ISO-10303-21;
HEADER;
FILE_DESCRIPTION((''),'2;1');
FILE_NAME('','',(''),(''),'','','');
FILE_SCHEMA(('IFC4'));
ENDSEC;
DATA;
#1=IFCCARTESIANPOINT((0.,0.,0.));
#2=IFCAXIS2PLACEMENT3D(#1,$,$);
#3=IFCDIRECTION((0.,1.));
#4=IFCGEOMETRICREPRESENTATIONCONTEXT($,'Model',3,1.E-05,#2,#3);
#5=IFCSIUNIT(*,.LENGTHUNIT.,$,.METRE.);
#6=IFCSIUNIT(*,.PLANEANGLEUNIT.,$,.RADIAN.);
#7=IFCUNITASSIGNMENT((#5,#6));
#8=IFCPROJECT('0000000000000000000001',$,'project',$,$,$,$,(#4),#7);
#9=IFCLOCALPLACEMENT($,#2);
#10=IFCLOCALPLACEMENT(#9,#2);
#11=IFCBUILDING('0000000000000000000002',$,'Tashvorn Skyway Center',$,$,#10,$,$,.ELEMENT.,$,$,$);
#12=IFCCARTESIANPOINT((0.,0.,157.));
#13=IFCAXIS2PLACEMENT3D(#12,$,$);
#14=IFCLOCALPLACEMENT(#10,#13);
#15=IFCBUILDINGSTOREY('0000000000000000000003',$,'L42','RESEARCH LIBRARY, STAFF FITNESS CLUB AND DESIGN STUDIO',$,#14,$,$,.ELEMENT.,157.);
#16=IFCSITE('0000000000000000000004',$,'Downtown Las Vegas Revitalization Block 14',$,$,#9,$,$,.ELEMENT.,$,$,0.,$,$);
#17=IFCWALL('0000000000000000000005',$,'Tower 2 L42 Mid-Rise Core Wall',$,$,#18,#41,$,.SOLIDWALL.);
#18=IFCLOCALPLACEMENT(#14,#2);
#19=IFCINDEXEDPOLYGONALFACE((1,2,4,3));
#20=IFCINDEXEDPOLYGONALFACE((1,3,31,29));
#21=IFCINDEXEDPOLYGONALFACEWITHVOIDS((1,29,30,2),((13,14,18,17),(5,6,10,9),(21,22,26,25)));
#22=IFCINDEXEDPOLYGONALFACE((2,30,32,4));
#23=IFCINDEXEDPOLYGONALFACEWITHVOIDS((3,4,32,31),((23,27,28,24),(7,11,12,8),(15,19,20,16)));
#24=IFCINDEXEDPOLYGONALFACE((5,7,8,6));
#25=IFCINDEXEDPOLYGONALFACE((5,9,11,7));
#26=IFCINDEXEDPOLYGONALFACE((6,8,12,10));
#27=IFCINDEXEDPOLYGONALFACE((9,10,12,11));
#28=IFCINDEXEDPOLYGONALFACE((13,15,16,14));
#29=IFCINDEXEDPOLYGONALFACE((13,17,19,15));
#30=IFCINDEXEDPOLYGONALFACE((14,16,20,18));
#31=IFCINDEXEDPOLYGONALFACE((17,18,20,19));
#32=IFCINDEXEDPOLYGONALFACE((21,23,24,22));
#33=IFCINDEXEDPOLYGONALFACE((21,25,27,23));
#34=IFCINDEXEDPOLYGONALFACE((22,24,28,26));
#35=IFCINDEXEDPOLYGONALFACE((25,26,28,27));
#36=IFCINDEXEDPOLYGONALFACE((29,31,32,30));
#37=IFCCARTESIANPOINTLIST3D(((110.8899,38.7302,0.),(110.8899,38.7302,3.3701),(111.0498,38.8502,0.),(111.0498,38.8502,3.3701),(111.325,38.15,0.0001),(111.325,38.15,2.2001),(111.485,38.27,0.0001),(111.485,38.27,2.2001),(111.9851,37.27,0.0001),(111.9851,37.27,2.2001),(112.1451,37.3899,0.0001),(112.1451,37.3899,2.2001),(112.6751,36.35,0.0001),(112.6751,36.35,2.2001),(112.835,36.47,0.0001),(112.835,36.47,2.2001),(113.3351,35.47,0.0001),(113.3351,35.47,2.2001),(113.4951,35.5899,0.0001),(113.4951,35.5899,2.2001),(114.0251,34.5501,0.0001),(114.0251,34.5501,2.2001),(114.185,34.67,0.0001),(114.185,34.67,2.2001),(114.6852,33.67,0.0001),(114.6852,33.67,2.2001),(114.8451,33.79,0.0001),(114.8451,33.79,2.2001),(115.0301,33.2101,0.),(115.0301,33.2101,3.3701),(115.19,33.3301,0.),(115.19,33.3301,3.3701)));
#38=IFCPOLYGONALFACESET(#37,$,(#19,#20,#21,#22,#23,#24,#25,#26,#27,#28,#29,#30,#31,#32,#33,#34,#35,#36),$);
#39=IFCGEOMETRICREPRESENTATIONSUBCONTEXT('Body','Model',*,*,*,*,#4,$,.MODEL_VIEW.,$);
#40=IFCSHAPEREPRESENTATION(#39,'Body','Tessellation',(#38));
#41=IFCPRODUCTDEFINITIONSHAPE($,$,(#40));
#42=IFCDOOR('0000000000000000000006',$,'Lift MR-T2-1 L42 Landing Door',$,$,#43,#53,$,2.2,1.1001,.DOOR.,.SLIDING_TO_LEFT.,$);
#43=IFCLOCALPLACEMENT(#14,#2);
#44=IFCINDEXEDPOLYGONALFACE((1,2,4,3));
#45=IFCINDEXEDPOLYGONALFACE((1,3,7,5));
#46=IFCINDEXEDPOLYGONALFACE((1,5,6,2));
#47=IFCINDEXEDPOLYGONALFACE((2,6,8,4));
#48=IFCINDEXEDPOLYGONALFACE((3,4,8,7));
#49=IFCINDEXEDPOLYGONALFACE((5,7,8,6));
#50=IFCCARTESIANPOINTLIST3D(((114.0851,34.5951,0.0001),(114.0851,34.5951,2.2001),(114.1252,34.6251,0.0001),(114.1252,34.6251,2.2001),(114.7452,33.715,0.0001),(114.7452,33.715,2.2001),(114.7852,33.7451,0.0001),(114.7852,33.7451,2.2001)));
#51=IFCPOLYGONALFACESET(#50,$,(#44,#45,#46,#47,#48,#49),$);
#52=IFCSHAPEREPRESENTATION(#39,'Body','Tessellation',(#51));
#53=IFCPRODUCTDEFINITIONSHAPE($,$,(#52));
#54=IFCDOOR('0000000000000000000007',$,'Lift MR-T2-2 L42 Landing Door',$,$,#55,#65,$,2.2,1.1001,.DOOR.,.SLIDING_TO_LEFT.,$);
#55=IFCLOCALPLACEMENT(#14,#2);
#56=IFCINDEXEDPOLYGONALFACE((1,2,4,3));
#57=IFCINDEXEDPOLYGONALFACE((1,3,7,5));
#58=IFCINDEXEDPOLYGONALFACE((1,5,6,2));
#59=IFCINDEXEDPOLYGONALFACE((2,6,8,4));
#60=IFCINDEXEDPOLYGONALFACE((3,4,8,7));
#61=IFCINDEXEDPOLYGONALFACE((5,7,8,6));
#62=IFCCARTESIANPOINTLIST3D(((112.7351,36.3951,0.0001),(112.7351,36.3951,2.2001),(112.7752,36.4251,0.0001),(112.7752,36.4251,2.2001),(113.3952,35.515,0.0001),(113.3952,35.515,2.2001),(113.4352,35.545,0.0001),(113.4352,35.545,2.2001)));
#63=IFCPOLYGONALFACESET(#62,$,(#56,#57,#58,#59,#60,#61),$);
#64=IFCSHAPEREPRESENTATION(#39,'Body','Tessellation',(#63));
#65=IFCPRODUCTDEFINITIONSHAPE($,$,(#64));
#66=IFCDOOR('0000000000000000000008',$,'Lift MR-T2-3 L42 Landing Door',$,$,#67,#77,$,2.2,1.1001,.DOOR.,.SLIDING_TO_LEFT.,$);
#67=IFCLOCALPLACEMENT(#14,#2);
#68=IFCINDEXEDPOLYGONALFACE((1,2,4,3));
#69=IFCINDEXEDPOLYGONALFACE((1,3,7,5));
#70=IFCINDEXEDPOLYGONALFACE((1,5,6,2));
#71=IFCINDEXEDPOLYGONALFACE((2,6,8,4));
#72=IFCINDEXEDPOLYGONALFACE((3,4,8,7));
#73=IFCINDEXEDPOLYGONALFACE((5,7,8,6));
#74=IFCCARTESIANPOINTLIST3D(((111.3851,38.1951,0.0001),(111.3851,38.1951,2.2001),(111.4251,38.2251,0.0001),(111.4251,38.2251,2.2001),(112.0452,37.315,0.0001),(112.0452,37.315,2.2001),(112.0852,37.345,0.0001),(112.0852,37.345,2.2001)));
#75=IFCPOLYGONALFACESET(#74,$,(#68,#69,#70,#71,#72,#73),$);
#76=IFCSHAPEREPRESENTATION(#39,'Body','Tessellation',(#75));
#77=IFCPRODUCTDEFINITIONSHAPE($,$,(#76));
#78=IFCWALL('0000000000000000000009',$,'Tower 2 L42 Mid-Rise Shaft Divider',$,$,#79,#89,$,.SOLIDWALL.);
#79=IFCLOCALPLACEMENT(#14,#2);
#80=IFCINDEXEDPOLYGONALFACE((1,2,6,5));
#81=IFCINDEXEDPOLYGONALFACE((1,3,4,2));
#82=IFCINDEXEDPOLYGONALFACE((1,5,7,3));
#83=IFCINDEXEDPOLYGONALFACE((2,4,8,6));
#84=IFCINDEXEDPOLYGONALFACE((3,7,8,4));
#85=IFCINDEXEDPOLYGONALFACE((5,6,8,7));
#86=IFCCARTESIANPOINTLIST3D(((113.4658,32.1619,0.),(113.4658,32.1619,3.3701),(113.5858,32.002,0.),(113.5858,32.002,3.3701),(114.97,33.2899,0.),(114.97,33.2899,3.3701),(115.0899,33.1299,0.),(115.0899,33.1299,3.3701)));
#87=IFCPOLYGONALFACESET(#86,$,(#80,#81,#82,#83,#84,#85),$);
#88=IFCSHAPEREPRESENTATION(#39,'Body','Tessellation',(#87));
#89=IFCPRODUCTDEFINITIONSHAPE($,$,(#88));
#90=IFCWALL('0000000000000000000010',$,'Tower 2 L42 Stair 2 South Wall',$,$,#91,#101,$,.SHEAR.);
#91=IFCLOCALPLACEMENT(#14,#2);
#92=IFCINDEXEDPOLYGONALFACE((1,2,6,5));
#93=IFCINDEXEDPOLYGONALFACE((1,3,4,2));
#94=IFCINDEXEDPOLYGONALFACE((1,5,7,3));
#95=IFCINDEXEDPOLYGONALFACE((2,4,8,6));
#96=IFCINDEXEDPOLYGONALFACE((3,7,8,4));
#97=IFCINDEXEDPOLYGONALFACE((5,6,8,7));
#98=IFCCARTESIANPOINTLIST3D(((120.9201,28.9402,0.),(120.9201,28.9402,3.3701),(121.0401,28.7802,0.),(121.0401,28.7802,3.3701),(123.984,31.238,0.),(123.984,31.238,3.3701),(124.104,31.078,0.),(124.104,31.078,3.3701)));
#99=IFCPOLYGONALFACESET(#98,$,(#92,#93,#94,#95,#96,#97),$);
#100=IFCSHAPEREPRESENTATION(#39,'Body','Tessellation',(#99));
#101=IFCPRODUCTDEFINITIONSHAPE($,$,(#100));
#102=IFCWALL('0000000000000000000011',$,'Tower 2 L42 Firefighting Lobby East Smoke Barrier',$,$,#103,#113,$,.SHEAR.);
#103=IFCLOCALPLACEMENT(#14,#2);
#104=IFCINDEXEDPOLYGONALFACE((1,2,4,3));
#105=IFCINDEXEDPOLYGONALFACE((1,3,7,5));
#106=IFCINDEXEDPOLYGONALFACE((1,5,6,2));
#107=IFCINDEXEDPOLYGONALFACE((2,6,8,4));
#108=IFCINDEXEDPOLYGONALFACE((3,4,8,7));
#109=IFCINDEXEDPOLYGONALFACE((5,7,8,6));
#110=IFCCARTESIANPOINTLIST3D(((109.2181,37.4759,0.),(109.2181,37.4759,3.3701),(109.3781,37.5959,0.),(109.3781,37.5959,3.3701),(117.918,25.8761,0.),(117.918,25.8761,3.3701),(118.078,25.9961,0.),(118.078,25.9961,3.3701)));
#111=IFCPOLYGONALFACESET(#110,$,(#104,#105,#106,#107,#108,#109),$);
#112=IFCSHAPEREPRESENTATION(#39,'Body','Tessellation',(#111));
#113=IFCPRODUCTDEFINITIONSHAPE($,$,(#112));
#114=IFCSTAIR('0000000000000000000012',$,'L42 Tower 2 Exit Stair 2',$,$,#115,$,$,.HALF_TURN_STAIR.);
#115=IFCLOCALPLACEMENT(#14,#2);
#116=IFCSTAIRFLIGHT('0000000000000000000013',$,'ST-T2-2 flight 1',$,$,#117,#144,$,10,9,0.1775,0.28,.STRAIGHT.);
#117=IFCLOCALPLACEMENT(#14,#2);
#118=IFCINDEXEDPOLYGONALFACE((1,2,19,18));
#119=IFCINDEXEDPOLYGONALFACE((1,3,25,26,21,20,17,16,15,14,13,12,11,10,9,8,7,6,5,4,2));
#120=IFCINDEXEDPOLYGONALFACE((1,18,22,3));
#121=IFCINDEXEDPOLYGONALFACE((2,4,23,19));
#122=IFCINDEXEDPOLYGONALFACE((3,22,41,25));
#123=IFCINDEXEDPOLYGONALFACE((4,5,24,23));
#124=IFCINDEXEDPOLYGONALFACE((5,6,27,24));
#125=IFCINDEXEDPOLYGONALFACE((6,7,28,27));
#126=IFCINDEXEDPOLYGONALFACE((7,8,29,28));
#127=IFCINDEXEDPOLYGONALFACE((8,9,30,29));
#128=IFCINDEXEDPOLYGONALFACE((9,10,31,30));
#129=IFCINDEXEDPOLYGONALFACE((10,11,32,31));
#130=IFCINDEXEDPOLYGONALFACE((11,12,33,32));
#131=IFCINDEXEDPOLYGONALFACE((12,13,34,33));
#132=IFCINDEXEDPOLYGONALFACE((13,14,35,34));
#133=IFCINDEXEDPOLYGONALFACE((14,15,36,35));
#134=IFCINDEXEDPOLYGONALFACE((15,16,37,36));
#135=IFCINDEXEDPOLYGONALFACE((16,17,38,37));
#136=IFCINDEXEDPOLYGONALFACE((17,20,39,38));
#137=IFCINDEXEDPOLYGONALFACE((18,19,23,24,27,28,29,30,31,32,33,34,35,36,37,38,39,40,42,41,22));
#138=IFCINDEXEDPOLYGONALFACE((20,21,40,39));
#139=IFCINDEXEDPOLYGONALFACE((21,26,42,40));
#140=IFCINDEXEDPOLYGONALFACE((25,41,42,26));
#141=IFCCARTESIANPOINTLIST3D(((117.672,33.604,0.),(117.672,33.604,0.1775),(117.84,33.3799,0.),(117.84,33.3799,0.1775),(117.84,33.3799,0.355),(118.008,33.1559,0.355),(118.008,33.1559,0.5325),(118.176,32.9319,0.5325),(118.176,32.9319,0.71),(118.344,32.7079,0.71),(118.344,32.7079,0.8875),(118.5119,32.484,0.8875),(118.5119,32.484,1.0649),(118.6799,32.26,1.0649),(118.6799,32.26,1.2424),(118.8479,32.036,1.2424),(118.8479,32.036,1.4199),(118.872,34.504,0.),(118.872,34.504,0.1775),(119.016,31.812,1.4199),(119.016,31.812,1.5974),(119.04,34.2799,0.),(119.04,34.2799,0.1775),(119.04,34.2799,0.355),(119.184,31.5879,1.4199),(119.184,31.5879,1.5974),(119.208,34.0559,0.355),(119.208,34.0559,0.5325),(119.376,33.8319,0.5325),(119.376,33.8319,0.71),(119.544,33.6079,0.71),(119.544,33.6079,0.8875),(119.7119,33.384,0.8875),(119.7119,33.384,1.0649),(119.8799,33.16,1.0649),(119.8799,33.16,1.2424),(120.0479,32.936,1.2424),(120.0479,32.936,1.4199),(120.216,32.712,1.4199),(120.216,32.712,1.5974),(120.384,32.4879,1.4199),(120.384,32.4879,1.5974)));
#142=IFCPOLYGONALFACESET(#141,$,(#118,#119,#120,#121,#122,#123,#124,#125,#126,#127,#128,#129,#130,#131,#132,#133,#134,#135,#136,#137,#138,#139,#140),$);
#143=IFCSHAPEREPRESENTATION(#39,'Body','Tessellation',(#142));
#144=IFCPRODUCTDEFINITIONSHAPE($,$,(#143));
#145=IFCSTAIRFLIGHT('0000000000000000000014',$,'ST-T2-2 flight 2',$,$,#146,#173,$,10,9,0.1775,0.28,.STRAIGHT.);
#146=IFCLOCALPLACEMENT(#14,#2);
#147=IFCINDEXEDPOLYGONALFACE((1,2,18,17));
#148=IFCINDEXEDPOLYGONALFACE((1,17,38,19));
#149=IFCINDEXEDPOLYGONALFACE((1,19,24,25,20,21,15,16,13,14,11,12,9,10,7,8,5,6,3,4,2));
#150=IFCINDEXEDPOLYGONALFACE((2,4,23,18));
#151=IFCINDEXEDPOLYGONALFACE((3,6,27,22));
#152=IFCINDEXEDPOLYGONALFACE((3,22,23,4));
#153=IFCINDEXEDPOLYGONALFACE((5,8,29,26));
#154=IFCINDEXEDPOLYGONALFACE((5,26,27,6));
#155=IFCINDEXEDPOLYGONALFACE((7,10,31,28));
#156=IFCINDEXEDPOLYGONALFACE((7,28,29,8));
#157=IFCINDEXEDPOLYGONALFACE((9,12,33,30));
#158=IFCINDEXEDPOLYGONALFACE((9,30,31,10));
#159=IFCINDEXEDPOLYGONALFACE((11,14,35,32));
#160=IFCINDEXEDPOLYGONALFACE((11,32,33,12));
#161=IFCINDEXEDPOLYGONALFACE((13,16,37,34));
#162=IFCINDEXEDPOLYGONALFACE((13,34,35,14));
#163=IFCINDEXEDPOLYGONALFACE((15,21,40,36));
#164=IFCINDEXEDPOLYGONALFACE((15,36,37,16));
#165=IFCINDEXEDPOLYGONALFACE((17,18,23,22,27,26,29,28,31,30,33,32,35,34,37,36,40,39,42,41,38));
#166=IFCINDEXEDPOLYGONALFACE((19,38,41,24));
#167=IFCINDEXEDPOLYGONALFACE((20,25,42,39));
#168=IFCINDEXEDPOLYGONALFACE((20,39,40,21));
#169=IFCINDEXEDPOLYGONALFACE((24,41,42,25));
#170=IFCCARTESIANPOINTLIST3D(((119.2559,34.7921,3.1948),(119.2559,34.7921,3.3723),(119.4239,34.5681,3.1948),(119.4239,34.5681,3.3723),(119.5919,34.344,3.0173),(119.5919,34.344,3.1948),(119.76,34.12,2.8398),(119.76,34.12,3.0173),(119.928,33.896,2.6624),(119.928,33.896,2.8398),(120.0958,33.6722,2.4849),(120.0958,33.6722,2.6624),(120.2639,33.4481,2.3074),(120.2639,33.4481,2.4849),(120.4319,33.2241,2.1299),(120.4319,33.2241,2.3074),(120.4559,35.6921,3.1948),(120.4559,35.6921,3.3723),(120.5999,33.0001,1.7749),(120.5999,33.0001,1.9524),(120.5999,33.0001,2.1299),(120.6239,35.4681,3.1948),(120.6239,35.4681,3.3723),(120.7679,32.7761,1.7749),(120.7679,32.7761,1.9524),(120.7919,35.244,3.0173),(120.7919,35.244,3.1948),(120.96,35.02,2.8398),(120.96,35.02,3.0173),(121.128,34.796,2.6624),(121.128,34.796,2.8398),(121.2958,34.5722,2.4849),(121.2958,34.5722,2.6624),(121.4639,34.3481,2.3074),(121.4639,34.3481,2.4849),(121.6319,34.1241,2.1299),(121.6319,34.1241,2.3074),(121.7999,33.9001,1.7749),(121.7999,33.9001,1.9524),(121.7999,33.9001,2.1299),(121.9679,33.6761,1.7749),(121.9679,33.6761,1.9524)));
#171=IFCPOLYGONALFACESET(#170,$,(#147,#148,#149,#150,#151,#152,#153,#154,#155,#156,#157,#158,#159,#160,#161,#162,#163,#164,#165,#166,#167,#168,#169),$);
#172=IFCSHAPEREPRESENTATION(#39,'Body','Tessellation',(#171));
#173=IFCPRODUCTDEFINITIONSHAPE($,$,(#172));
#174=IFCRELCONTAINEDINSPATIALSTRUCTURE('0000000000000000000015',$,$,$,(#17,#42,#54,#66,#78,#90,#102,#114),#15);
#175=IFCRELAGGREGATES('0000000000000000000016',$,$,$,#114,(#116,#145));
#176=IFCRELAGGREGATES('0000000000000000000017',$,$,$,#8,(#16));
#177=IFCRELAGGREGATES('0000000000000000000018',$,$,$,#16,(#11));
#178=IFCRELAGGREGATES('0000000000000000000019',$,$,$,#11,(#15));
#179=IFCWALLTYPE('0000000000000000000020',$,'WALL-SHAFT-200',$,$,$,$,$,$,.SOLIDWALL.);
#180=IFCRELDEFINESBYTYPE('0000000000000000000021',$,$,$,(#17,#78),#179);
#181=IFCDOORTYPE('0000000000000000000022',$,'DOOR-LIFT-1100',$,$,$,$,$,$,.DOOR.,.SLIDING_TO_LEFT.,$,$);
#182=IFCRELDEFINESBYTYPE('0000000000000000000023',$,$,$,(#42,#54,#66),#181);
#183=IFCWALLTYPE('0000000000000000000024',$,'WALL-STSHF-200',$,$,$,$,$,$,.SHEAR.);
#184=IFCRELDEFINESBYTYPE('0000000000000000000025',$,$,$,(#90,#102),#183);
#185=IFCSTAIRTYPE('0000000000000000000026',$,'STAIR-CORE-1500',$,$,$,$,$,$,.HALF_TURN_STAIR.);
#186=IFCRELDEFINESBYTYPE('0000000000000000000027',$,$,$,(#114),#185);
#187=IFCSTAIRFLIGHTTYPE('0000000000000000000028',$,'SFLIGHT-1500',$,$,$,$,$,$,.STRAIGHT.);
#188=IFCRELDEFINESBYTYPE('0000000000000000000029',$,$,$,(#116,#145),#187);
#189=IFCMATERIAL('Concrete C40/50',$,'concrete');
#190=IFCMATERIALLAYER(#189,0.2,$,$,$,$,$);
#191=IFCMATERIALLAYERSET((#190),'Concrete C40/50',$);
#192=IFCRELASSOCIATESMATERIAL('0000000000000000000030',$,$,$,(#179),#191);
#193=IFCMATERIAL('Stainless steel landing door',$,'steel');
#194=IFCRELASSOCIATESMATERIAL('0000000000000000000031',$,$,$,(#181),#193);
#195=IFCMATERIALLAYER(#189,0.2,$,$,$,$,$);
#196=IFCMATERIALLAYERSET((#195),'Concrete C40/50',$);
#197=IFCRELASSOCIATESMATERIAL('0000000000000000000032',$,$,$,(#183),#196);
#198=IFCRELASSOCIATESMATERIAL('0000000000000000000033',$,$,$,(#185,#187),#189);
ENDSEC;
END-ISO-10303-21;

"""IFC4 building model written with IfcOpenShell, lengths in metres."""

from ifc_helpers import new_model, si_unit, direction, frame, frame_2d, origin, place, context, subcontext, project, spatial, polyline, rectangle, outline, extrude, material, layer, layer_set, type_object, element, fill, aggregate, save


model = new_model("IFC4")

# Units and contexts
model_context = context("Model", 3, precision=1e-05, world=origin(), true_north=direction((0.0, 1.0)))
body_context = subcontext(model_context, "Body", "Model", "MODEL_VIEW")
ifc_project = project(units=[si_unit("LENGTHUNIT", "METRE"), si_unit("PLANEANGLEUNIT", "RADIAN")], contexts=[model_context])

# Site, building, storey
site_placement = place(None, origin())
site = spatial("IfcSite", under=ifc_project, at=site_placement, Name="Downtown Las Vegas Revitalization Block 14", CompositionType="ELEMENT", RefElevation=0.0)
building_placement = place(site_placement, origin())
building = spatial("IfcBuilding", under=site, at=building_placement, Name="Tashvorn Skyway Center", CompositionType="ELEMENT")
storey_placement = place(building_placement, frame((0.0, 0.0, 157.0)))
storey = spatial("IfcBuildingStorey", under=building, at=storey_placement, Name="L42", Description="RESEARCH LIBRARY, STAFF FITNESS CLUB AND DESIGN STUDIO", CompositionType="ELEMENT", Elevation=157.0)

# Shared definitions
ifc_material_1 = material(Name="Concrete C40/50", Category="concrete")

# Wall, openings, doors
ifc_layer_1 = layer(ifc_material_1, 0.2)
ifc_layer_set_1 = layer_set([ifc_layer_1], Name="Concrete C40/50")
wall_type_1 = type_object("IfcWallType", Name="WALL-SHAFT-200", PredefinedType="SOLIDWALL", material=ifc_layer_set_1)
wall_1_placement = place(storey_placement, frame((115.1101, 33.27, 0.0), z_axis=(0.0, 0.0, 1.0), x_axis=(-0.600011, 0.799992, 0.0)))
wall_1 = element("IfcWall", 1, at=wall_1_placement, inside=storey, type_object=wall_type_1, Name="Tower 2 L42 Mid-Rise Core Wall", PredefinedType="SOLIDWALL", context=body_context, shape_type="SweptSolid", body=[
    extrude(rectangle(XDim=6.9001, YDim=0.2, at=frame_2d((3.4502, 0.0))), origin(), (0.0, 0.0, 1.0), 3.3701),
])
opening_1_placement = place(wall_1_placement, frame((0.575, 0.0, 0.0)))
opening_1 = element("IfcOpeningElement", 2, at=opening_1_placement, cuts=wall_1, PredefinedType="OPENING", context=body_context, shape_type="SweptSolid", body=[
    extrude(rectangle(XDim=1.1001, YDim=2.2, at=frame_2d((0.55, 1.1001))), frame((0.0, 0.1099, 0.0), z_axis=(0.0, -1.0, 0.0), x_axis=(1.0, 0.0, 0.0)), (0.0, 0.0, 1.0), 0.22),
])
opening_2_placement = place(wall_1_placement, frame((2.825, 0.0, 0.0)))
opening_2 = element("IfcOpeningElement", 3, at=opening_2_placement, cuts=wall_1, PredefinedType="OPENING", context=body_context, shape_type="SweptSolid", body=[
    extrude(rectangle(XDim=1.1001, YDim=2.2, at=frame_2d((0.55, 1.1001))), frame((0.0, 0.1099, 0.0), z_axis=(0.0, -1.0, 0.0), x_axis=(1.0, 0.0, 0.0)), (0.0, 0.0, 1.0), 0.22),
])
opening_3_placement = place(wall_1_placement, frame((5.075, 0.0, 0.0)))
opening_3 = element("IfcOpeningElement", 4, at=opening_3_placement, cuts=wall_1, PredefinedType="OPENING", context=body_context, shape_type="SweptSolid", body=[
    extrude(rectangle(XDim=1.1001, YDim=2.2, at=frame_2d((0.55, 1.1001))), frame((0.0, 0.1099, 0.0), z_axis=(0.0, -1.0, 0.0), x_axis=(1.0, 0.0, 0.0)), (0.0, 0.0, 1.0), 0.22),
])
ifc_material_2 = material(Name="Stainless steel landing door", Category="steel")
door_type_1 = type_object("IfcDoorType", Name="DOOR-LIFT-1100", OperationType="SLIDING_TO_LEFT", PredefinedType="DOOR", material=ifc_material_2)
door_1_placement = place(opening_1_placement, origin())
door_1 = element("IfcDoor", 5, at=door_1_placement, inside=storey, type_object=door_type_1, Name="Lift MR-T2-1 L42 Landing Door", OperationType="SLIDING_TO_LEFT", OverallHeight=2.2, OverallWidth=1.1001, PredefinedType="DOOR", context=body_context, shape_type="SweptSolid", body=[
    extrude(rectangle(XDim=1.1001, YDim=2.2, at=frame_2d((0.55, 1.1001))), frame((0.0, 0.0249, 0.0), z_axis=(0.0, -1.0, 0.0), x_axis=(1.0, 0.0, 0.0)), (0.0, 0.0, 1.0), 0.05),
])
fill(opening_1, door_1)
door_2_placement = place(opening_2_placement, origin())
door_2 = element("IfcDoor", 6, at=door_2_placement, inside=storey, type_object=door_type_1, Name="Lift MR-T2-2 L42 Landing Door", OperationType="SLIDING_TO_LEFT", OverallHeight=2.2, OverallWidth=1.1001, PredefinedType="DOOR", context=body_context, shape_type="SweptSolid", body=[
    extrude(rectangle(XDim=1.1001, YDim=2.2, at=frame_2d((0.55, 1.1001))), frame((0.0, 0.0249, 0.0), z_axis=(0.0, -1.0, 0.0), x_axis=(1.0, 0.0, 0.0)), (0.0, 0.0, 1.0), 0.05),
])
fill(opening_2, door_2)
door_3_placement = place(opening_3_placement, origin())
door_3 = element("IfcDoor", 7, at=door_3_placement, inside=storey, type_object=door_type_1, Name="Lift MR-T2-3 L42 Landing Door", OperationType="SLIDING_TO_LEFT", OverallHeight=2.2, OverallWidth=1.1001, PredefinedType="DOOR", context=body_context, shape_type="SweptSolid", body=[
    extrude(rectangle(XDim=1.1001, YDim=2.2, at=frame_2d((0.55, 1.1001))), frame((0.0, 0.0249, 0.0), z_axis=(0.0, -1.0, 0.0), x_axis=(1.0, 0.0, 0.0)), (0.0, 0.0, 1.0), 0.05),
])
fill(opening_3, door_3)

# Walls
wall_2_placement = place(storey_placement, frame((113.5259, 32.082, 0.0), z_axis=(0.0, 0.0, 1.0), x_axis=(0.800047, 0.599938, 0.0)))
element("IfcWall", 8, at=wall_2_placement, inside=storey, type_object=wall_type_1, Name="Tower 2 L42 Mid-Rise Shaft Divider", PredefinedType="SOLIDWALL", context=body_context, shape_type="SweptSolid", body=[
    extrude(rectangle(XDim=1.8801, YDim=0.2, at=frame_2d((0.9399, 0.0))), origin(), (0.0, 0.0, 1.0), 3.3701),
])
ifc_layer_2 = layer(ifc_material_1, 0.2)
ifc_layer_set_2 = layer_set([ifc_layer_2], Name="Concrete C40/50")
wall_type_2 = type_object("IfcWallType", Name="WALL-STSHF-200", PredefinedType="SHEAR", material=ifc_layer_set_2)
wall_3_placement = place(storey_placement, frame((120.98, 28.8601, 0.0), z_axis=(0.0, 0.0, 1.0), x_axis=(0.800015, 0.59998, 0.0)))
element("IfcWall", 9, at=wall_3_placement, inside=storey, type_object=wall_type_2, Name="Tower 2 L42 Stair 2 South Wall", PredefinedType="SHEAR", context=body_context, shape_type="SweptSolid", body=[
    extrude(rectangle(XDim=3.8298, YDim=0.2, at=frame_2d((1.915, 0.0))), origin(), (0.0, 0.0, 1.0), 3.3701),
])
wall_4_placement = place(storey_placement, frame((117.998, 25.936, 0.0), z_axis=(0.0, 0.0, 1.0), x_axis=(-0.600003, 0.799998, 0.0)))
element("IfcWall", 10, at=wall_4_placement, inside=storey, type_object=wall_type_2, Name="Tower 2 L42 Firefighting Lobby East Smoke Barrier", PredefinedType="SHEAR", context=body_context, shape_type="SweptSolid", body=[
    extrude(rectangle(XDim=14.4998, YDim=0.2, at=frame_2d((7.25, 0.0))), origin(), (0.0, 0.0, 1.0), 3.3701),
])

# Stair, stair flights
stair_type = type_object("IfcStairType", Name="STAIR-CORE-1500", PredefinedType="HALF_TURN_STAIR", material=ifc_material_1)
stair_placement = place(storey_placement, origin())
stair = element("IfcStair", 11, at=stair_placement, inside=storey, type_object=stair_type, Name="L42 Tower 2 Exit Stair 2", PredefinedType="HALF_TURN_STAIR")
stair_flight_type = type_object("IfcStairFlightType", Name="SFLIGHT-1500", PredefinedType="STRAIGHT", material=ifc_material_1)
stair_flight_1_placement = place(storey_placement, frame((118.272, 34.054, 0.0), z_axis=(0.0, 0.0, 1.0), x_axis=(0.6, -0.8, 0.0)))
stair_flight_1 = element("IfcStairFlight", 12, at=stair_flight_1_placement, type_object=stair_flight_type, Name="ST-T2-2 flight 1", NumberOfRisers=10, NumberOfTreads=9, PredefinedType="STRAIGHT", RiserHeight=0.1775, TreadLength=0.28, context=body_context, shape_type="SweptSolid", body=[
    extrude(outline(polyline([(0.0, 0.0), (0.0, 0.1775), (0.28, 0.1775), (0.28, 0.355), (0.5601, 0.355), (0.5601, 0.5325), (0.8401, 0.5325), (0.8401, 0.71), (1.1201, 0.71), (1.1201, 0.8875), (1.3999, 0.8875), (1.3999, 1.0649), (1.6799, 1.0649), (1.6799, 1.2424), (1.96, 1.2424), (1.96, 1.4199), (2.24, 1.4199), (2.24, 1.5974), (2.52, 1.5974), (2.52, 1.7749), (2.52, 1.4199), (0.28, 0.0), (0.0, 0.0)])), frame((0.0, 0.75, 0.0), z_axis=(0.0, -1.0, 0.0), x_axis=(1.0, 0.0, 0.0)), (0.0, 0.0, 1.0), 1.5),
])
stair_flight_2_placement = place(storey_placement, frame((121.3679, 33.2261, 1.7749), z_axis=(0.0, 0.0, 1.0), x_axis=(-0.6, 0.8, 0.0)))
stair_flight_2 = element("IfcStairFlight", 13, at=stair_flight_2_placement, type_object=stair_flight_type, Name="ST-T2-2 flight 2", NumberOfRisers=10, NumberOfTreads=9, PredefinedType="STRAIGHT", RiserHeight=0.1775, TreadLength=0.28, context=body_context, shape_type="SweptSolid", body=[
    extrude(outline(polyline([(0.0, 0.0), (0.0, 0.1775), (0.28, 0.1775), (0.28, 0.355), (0.5601, 0.355), (0.5601, 0.5325), (0.8401, 0.5325), (0.8401, 0.71), (1.1201, 0.71), (1.1201, 0.8875), (1.3999, 0.8875), (1.3999, 1.0649), (1.6799, 1.0649), (1.6799, 1.2424), (1.96, 1.2424), (1.96, 1.4199), (2.24, 1.4199), (2.24, 1.5974), (2.52, 1.5974), (2.52, 1.7749), (2.52, 1.4199), (0.28, 0.0), (0.0, 0.0)])), frame((0.0, 0.75, 0.0), z_axis=(0.0, -1.0, 0.0), x_axis=(1.0, 0.0, 0.0)), (0.0, 0.0, 1.0), 1.5),
])
aggregate(stair, [stair_flight_1, stair_flight_2])

save(model, "model.ifc")
